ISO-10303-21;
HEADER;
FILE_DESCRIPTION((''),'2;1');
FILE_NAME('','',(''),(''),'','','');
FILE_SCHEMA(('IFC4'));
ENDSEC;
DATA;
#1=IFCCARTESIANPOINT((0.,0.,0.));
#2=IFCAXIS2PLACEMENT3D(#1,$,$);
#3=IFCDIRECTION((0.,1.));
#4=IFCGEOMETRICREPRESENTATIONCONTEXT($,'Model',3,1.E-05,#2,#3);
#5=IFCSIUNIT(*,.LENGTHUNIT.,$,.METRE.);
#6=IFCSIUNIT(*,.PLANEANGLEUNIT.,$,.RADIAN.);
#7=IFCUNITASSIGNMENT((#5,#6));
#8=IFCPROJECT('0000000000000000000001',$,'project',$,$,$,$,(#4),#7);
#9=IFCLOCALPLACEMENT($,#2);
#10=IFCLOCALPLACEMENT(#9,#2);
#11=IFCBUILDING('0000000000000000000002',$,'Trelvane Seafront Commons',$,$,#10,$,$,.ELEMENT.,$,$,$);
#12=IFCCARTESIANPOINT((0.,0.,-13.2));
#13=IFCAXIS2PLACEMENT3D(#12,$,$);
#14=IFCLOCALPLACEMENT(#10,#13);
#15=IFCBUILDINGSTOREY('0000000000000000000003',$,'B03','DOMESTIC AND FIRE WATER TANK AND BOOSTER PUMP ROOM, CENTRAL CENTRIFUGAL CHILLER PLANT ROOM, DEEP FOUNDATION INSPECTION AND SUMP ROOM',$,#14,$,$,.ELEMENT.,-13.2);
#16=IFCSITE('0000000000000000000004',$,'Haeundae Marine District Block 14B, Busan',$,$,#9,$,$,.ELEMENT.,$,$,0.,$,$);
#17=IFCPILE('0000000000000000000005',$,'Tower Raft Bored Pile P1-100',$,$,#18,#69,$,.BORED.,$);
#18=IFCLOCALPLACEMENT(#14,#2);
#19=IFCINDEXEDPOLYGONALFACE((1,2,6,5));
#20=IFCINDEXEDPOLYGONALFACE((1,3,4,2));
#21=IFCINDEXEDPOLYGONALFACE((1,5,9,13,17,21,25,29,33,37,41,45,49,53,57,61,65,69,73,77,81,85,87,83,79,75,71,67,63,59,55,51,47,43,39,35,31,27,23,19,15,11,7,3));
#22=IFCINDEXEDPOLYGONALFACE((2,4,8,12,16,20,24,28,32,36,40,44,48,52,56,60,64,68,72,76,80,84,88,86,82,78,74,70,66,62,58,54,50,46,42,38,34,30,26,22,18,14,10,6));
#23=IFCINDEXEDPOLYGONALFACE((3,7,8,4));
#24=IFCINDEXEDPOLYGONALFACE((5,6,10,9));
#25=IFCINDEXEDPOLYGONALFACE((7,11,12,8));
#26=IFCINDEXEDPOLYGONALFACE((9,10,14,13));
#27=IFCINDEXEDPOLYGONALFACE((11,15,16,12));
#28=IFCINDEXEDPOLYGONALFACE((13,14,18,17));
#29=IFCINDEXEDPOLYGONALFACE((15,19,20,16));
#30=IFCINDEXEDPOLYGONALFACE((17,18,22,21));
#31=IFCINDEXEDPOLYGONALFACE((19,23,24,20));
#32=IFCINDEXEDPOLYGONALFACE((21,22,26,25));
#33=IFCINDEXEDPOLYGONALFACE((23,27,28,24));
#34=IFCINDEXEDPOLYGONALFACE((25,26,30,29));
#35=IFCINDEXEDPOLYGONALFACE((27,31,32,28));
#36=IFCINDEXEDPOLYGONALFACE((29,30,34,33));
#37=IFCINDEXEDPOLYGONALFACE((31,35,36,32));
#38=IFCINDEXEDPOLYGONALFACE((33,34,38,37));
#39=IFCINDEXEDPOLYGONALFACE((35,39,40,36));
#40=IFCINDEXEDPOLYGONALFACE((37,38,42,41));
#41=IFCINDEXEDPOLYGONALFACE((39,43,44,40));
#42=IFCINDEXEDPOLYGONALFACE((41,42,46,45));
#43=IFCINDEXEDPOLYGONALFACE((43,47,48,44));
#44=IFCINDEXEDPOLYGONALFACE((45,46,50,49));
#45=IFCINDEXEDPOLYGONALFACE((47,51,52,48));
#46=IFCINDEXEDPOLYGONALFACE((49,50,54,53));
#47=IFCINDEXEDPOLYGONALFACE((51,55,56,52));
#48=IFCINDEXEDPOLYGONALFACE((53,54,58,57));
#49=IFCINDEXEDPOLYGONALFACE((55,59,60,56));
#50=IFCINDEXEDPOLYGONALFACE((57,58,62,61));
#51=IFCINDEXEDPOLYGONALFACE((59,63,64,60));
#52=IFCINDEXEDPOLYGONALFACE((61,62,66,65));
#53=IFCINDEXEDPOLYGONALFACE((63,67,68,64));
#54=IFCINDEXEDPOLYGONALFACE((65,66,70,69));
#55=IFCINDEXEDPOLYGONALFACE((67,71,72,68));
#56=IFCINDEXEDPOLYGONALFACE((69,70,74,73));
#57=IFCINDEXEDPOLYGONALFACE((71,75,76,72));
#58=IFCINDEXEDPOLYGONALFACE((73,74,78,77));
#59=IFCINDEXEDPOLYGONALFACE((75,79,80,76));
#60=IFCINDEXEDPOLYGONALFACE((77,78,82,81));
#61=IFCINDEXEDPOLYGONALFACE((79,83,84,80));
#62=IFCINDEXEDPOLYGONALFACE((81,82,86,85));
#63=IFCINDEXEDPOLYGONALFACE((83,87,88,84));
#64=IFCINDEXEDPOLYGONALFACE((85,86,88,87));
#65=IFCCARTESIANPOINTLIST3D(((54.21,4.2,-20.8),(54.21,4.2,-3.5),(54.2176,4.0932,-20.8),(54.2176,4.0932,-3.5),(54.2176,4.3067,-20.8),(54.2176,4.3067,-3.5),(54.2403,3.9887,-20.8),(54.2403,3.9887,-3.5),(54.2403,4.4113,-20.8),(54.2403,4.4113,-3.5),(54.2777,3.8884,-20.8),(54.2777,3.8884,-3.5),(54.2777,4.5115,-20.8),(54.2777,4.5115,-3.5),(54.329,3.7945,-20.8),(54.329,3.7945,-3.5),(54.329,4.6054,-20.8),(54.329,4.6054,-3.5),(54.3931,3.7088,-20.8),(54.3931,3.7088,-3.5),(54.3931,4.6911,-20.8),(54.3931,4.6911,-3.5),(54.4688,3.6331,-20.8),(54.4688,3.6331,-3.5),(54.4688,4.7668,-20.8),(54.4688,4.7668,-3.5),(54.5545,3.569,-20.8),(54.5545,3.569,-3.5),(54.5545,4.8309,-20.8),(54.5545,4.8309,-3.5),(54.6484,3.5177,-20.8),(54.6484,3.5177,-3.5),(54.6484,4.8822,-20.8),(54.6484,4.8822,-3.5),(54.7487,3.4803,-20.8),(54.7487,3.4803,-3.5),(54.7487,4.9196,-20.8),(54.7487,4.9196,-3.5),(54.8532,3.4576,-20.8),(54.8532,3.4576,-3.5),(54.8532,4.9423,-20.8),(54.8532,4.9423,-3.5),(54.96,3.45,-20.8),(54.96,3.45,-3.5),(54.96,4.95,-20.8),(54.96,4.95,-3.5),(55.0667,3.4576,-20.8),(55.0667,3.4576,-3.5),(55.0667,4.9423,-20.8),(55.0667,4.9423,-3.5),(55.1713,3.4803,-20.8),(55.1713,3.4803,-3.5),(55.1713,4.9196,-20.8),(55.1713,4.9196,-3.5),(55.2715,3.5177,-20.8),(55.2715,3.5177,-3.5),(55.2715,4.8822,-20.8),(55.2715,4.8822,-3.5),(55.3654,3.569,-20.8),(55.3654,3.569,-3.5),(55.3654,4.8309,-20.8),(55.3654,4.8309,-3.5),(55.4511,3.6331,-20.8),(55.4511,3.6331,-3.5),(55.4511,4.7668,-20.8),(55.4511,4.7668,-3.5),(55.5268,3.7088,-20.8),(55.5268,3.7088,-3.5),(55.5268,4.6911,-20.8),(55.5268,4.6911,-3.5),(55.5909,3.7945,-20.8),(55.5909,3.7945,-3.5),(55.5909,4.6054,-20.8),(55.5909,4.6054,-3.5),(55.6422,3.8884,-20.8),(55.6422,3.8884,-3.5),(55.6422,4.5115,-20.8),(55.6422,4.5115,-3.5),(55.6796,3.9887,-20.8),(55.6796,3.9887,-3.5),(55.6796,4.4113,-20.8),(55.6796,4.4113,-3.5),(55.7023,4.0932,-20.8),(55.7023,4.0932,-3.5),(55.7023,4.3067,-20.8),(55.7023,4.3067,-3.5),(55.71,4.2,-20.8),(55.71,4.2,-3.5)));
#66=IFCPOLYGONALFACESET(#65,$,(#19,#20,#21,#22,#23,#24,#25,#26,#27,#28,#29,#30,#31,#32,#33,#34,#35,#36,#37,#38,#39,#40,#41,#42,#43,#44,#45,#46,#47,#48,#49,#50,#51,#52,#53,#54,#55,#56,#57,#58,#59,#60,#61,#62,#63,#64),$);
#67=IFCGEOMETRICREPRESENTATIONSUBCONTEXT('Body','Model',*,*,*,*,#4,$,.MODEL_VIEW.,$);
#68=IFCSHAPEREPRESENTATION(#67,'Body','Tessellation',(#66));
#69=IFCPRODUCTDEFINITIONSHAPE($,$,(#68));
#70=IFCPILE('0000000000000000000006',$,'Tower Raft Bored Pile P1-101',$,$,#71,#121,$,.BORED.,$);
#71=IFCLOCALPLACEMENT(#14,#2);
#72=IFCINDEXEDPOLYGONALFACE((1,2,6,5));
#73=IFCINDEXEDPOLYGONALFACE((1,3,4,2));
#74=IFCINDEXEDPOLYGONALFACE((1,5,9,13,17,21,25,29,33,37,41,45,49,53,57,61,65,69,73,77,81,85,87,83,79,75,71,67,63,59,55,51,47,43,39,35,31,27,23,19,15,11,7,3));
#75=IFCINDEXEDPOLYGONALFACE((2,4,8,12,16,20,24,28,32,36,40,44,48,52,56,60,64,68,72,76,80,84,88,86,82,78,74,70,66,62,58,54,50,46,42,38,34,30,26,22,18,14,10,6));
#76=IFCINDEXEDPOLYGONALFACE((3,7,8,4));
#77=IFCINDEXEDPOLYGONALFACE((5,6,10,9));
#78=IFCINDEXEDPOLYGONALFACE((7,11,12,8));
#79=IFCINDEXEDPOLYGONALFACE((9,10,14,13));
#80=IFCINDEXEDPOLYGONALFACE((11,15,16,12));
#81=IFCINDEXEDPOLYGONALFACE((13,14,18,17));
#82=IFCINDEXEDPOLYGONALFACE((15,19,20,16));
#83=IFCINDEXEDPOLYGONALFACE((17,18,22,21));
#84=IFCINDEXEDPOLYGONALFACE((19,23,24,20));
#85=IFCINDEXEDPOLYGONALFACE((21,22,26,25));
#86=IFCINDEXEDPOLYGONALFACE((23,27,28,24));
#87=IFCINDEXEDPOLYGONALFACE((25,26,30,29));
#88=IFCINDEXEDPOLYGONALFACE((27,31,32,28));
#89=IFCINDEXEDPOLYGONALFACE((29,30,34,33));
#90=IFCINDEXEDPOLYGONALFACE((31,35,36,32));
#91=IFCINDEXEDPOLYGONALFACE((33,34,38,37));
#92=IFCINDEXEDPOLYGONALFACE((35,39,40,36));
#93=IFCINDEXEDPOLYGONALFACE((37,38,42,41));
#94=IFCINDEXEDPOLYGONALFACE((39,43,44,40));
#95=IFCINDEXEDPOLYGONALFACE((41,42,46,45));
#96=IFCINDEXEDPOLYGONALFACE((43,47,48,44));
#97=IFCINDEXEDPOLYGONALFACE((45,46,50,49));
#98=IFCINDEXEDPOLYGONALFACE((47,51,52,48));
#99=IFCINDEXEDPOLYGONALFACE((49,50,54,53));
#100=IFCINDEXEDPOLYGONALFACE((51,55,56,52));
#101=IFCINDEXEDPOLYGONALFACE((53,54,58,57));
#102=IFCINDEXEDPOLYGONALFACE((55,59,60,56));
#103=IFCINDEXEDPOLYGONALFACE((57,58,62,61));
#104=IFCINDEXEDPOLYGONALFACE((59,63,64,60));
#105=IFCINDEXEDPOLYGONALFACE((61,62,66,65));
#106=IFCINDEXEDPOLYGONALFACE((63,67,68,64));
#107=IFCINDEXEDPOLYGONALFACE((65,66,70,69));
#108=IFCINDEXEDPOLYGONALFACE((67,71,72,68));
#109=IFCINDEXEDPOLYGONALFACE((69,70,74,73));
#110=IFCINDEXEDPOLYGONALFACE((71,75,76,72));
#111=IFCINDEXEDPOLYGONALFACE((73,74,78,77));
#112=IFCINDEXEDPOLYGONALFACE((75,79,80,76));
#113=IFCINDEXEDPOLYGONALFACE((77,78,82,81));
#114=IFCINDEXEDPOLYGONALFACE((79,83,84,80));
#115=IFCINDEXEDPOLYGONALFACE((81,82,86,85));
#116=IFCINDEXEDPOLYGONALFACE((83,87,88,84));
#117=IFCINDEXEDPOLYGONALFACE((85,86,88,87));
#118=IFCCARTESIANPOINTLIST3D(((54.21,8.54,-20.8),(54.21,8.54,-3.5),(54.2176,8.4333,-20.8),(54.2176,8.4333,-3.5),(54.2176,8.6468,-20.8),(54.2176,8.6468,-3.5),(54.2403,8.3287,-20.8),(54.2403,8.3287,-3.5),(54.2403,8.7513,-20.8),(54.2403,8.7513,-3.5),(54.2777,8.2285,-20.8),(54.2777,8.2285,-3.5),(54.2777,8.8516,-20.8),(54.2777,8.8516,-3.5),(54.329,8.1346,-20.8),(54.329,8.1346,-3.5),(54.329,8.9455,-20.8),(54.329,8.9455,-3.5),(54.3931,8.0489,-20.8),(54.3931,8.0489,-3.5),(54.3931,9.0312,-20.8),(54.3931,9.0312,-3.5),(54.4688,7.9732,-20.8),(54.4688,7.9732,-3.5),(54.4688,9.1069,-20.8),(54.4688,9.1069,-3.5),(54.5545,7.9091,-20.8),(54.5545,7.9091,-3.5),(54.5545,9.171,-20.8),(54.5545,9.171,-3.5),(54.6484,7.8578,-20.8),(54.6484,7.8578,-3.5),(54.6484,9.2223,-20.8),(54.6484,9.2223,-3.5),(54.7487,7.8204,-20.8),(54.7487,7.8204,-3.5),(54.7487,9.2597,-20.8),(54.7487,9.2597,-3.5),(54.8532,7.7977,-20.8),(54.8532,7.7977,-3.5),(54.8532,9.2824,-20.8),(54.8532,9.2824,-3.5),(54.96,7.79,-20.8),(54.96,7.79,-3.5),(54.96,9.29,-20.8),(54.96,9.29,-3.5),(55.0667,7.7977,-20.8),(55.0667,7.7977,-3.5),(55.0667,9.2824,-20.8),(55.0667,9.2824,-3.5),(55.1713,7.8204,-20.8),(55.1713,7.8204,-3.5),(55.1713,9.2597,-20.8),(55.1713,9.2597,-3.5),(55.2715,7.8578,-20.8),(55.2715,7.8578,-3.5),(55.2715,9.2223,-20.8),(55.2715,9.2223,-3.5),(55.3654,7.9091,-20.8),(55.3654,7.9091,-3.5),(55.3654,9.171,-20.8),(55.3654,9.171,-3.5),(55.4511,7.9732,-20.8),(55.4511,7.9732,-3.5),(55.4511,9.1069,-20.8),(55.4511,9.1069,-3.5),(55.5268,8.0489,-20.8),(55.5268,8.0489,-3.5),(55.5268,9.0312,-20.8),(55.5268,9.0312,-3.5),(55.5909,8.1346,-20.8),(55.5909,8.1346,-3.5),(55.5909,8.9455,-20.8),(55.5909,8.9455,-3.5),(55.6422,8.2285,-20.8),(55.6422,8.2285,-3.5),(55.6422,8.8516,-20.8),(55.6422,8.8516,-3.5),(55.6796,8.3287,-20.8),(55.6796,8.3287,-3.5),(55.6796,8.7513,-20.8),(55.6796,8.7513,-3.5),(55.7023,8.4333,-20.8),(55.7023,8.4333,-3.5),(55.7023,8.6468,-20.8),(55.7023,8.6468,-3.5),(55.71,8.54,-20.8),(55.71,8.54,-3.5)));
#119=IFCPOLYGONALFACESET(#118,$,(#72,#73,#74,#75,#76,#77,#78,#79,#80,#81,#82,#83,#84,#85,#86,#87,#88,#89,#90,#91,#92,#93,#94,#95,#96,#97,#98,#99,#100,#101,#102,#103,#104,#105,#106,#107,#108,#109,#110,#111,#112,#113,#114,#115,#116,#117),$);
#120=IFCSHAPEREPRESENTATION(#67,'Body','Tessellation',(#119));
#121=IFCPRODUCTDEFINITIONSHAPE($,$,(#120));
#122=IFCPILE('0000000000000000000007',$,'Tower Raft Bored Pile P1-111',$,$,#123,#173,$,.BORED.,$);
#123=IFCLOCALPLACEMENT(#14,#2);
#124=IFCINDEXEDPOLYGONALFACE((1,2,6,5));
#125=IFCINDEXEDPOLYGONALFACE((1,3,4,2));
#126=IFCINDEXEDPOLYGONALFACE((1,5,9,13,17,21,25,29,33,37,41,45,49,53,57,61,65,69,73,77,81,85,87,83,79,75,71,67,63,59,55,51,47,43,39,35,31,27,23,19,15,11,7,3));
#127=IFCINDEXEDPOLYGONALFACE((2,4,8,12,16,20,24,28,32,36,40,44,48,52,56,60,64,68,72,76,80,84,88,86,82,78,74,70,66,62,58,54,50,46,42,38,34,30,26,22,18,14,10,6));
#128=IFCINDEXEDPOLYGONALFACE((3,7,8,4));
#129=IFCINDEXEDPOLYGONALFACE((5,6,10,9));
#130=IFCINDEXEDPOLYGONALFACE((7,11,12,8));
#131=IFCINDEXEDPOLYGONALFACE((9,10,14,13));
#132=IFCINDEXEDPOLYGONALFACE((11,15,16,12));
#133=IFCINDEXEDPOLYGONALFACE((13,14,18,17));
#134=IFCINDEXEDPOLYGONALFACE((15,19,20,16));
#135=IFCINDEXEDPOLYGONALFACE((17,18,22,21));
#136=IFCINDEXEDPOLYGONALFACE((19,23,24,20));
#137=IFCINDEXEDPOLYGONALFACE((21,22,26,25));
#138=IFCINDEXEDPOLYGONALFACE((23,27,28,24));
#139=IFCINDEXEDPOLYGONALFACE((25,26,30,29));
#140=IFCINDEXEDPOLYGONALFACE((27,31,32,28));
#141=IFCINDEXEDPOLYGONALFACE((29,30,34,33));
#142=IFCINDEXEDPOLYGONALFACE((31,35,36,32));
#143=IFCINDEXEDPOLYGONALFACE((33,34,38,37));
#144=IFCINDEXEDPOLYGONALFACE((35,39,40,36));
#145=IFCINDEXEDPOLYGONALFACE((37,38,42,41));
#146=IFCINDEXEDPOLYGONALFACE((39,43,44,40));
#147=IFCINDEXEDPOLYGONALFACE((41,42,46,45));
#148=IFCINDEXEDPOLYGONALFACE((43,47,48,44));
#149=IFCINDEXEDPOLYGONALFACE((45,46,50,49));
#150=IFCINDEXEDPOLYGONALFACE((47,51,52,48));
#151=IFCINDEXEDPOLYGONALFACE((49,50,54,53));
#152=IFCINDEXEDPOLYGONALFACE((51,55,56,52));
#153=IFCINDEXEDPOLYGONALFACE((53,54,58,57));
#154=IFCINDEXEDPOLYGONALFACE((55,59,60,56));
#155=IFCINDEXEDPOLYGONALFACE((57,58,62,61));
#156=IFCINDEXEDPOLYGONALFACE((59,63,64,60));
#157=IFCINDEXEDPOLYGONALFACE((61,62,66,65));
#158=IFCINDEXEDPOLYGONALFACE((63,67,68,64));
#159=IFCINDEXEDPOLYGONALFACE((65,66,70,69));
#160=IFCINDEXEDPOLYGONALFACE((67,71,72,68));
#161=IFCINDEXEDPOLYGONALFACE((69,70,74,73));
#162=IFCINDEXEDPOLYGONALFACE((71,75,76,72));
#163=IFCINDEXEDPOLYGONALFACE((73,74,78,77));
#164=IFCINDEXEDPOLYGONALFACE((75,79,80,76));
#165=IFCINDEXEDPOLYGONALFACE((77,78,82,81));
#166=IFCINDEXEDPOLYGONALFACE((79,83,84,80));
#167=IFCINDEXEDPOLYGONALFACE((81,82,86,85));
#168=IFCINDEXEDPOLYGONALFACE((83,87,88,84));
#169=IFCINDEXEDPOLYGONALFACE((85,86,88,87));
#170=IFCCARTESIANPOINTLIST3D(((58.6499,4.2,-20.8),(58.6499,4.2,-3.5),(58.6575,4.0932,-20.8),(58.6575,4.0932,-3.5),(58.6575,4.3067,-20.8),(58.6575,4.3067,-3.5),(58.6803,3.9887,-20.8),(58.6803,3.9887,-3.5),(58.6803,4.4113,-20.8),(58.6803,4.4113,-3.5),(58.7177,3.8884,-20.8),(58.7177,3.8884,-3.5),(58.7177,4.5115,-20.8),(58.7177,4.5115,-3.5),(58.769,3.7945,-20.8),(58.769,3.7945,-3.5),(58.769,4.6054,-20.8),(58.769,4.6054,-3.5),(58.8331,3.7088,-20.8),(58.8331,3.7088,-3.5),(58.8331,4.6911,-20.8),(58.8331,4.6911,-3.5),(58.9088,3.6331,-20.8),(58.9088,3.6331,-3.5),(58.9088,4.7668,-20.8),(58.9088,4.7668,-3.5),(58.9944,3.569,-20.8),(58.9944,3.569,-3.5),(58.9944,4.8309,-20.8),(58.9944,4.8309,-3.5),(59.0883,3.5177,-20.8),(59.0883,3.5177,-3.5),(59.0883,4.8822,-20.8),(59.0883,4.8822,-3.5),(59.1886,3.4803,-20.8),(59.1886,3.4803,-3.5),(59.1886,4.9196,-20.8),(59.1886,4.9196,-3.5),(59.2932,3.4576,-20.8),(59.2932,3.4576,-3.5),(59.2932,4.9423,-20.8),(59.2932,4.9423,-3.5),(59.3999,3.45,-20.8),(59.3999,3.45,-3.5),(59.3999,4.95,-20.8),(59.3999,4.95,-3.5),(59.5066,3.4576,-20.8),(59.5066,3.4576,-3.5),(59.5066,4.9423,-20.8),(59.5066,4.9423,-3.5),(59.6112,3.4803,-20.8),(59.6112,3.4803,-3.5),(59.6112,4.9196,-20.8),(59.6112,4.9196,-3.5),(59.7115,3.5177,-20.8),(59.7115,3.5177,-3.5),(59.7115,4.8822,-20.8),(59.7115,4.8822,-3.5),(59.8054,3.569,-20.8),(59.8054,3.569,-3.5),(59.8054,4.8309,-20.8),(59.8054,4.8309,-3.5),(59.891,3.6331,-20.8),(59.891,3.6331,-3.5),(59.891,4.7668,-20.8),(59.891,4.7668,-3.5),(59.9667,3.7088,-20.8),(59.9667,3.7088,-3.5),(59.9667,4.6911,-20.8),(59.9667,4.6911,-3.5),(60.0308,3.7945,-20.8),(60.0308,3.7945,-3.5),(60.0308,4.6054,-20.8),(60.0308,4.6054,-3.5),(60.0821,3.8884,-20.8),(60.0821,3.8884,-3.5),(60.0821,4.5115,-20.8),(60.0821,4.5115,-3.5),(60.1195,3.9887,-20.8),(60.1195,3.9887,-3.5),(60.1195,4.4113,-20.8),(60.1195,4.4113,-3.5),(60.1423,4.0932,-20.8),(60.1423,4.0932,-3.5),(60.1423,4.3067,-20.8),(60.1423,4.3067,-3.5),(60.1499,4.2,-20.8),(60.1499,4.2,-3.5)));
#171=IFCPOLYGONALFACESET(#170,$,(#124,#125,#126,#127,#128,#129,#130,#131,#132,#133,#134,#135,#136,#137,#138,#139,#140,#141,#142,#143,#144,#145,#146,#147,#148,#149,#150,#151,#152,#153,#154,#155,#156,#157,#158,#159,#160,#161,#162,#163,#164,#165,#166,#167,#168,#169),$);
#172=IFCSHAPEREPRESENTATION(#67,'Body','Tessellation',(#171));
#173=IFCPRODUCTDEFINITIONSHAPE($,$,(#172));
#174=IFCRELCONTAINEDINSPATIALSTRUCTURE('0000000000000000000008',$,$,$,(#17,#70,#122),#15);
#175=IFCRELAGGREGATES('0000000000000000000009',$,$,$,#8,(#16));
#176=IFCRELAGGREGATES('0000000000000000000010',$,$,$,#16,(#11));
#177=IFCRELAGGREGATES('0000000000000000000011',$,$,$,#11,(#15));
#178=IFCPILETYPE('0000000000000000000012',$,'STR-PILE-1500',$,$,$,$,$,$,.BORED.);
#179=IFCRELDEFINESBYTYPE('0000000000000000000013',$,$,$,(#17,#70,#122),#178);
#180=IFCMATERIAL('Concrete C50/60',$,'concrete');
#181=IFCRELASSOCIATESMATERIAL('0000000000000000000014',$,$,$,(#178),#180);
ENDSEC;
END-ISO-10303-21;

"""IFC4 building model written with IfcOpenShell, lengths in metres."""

from ifc_helpers import new_model, si_unit, direction, frame, origin, origin_2d, place, context, subcontext, project, spatial, circle, extrude, source, transform, mapped, material, material_profile, profile_set, type_object, element, save


model = new_model("IFC4")

# Units and contexts
model_context = context("Model", 3, precision=1e-05, world=origin(), true_north=direction((0.0, 1.0)))
body_context = subcontext(model_context, "Body", "Model", "MODEL_VIEW")
ifc_project = project(units=[si_unit("LENGTHUNIT", "METRE"), si_unit("PLANEANGLEUNIT", "RADIAN")], contexts=[model_context])

# Site, building, storey
site_placement = place(None, origin())
site = spatial("IfcSite", under=ifc_project, at=site_placement, Name="Haeundae Marine District Block 14B, Busan", CompositionType="ELEMENT", RefElevation=0.0)
building_placement = place(site_placement, origin())
building = spatial("IfcBuilding", under=site, at=building_placement, Name="Trelvane Seafront Commons", CompositionType="ELEMENT")
storey_placement = place(building_placement, frame((0.0, 0.0, -13.2)))
storey = spatial("IfcBuildingStorey", under=building, at=storey_placement, Name="B03", Description="DOMESTIC AND FIRE WATER TANK AND BOOSTER PUMP ROOM, CENTRAL CENTRIFUGAL CHILLER PLANT ROOM, DEEP FOUNDATION INSPECTION AND SUMP ROOM", CompositionType="ELEMENT", Elevation=-13.2)

# Piles
ifc_material_1 = material(Name="Concrete C50/60", Category="concrete")
ifc_material_profile_1 = material_profile(ifc_material_1, circle(Radius=0.75, at=origin_2d()), Name="PILE-1500")
ifc_profile_set_1 = profile_set([ifc_material_profile_1], Name="Concrete C50/60")
pile_type_1 = type_object("IfcPileType", Name="STR-PILE-1500", PredefinedType="BORED", material=ifc_profile_set_1)
shared_shape_1 = source(origin(), body_context, "Body", "SweptSolid", [
    extrude(circle(Radius=0.75, at=origin_2d()), origin(), (0.0, 0.0, 1.0), 17.3),
])
for number, where, z_axis, x_axis, name in (
    (1, (54.96, 4.2, -3.5), (0.0, 0.0, -1.0), (1.0, 0.0, 0.0), "Tower Raft Bored Pile P1-100"),
    (2, (54.96, 8.54, -3.5), (0.0, 0.0, -1.0), (1.0, 0.0, 0.0), "Tower Raft Bored Pile P1-101"),
    (3, (59.3999, 4.2, -3.5), (0.0, 0.0, -1.0), (1.0, 0.0, 0.0), "Tower Raft Bored Pile P1-111"),
):
    element("IfcPile", number, at=place(storey_placement, frame(where, z_axis=z_axis, x_axis=x_axis)), inside=storey, type_object=pile_type_1, Name=name, PredefinedType="BORED", context=body_context, shape_type="MappedRepresentation", body=[
        mapped(shared_shape_1, transform((0.0, 0.0, 0.0), x_axis=(1.0, 0.0, 0.0), y_axis=(0.0, 1.0, 0.0), z_axis=(0.0, 0.0, 1.0), scale=1.0)),
    ])

save(model, "model.ifc")
